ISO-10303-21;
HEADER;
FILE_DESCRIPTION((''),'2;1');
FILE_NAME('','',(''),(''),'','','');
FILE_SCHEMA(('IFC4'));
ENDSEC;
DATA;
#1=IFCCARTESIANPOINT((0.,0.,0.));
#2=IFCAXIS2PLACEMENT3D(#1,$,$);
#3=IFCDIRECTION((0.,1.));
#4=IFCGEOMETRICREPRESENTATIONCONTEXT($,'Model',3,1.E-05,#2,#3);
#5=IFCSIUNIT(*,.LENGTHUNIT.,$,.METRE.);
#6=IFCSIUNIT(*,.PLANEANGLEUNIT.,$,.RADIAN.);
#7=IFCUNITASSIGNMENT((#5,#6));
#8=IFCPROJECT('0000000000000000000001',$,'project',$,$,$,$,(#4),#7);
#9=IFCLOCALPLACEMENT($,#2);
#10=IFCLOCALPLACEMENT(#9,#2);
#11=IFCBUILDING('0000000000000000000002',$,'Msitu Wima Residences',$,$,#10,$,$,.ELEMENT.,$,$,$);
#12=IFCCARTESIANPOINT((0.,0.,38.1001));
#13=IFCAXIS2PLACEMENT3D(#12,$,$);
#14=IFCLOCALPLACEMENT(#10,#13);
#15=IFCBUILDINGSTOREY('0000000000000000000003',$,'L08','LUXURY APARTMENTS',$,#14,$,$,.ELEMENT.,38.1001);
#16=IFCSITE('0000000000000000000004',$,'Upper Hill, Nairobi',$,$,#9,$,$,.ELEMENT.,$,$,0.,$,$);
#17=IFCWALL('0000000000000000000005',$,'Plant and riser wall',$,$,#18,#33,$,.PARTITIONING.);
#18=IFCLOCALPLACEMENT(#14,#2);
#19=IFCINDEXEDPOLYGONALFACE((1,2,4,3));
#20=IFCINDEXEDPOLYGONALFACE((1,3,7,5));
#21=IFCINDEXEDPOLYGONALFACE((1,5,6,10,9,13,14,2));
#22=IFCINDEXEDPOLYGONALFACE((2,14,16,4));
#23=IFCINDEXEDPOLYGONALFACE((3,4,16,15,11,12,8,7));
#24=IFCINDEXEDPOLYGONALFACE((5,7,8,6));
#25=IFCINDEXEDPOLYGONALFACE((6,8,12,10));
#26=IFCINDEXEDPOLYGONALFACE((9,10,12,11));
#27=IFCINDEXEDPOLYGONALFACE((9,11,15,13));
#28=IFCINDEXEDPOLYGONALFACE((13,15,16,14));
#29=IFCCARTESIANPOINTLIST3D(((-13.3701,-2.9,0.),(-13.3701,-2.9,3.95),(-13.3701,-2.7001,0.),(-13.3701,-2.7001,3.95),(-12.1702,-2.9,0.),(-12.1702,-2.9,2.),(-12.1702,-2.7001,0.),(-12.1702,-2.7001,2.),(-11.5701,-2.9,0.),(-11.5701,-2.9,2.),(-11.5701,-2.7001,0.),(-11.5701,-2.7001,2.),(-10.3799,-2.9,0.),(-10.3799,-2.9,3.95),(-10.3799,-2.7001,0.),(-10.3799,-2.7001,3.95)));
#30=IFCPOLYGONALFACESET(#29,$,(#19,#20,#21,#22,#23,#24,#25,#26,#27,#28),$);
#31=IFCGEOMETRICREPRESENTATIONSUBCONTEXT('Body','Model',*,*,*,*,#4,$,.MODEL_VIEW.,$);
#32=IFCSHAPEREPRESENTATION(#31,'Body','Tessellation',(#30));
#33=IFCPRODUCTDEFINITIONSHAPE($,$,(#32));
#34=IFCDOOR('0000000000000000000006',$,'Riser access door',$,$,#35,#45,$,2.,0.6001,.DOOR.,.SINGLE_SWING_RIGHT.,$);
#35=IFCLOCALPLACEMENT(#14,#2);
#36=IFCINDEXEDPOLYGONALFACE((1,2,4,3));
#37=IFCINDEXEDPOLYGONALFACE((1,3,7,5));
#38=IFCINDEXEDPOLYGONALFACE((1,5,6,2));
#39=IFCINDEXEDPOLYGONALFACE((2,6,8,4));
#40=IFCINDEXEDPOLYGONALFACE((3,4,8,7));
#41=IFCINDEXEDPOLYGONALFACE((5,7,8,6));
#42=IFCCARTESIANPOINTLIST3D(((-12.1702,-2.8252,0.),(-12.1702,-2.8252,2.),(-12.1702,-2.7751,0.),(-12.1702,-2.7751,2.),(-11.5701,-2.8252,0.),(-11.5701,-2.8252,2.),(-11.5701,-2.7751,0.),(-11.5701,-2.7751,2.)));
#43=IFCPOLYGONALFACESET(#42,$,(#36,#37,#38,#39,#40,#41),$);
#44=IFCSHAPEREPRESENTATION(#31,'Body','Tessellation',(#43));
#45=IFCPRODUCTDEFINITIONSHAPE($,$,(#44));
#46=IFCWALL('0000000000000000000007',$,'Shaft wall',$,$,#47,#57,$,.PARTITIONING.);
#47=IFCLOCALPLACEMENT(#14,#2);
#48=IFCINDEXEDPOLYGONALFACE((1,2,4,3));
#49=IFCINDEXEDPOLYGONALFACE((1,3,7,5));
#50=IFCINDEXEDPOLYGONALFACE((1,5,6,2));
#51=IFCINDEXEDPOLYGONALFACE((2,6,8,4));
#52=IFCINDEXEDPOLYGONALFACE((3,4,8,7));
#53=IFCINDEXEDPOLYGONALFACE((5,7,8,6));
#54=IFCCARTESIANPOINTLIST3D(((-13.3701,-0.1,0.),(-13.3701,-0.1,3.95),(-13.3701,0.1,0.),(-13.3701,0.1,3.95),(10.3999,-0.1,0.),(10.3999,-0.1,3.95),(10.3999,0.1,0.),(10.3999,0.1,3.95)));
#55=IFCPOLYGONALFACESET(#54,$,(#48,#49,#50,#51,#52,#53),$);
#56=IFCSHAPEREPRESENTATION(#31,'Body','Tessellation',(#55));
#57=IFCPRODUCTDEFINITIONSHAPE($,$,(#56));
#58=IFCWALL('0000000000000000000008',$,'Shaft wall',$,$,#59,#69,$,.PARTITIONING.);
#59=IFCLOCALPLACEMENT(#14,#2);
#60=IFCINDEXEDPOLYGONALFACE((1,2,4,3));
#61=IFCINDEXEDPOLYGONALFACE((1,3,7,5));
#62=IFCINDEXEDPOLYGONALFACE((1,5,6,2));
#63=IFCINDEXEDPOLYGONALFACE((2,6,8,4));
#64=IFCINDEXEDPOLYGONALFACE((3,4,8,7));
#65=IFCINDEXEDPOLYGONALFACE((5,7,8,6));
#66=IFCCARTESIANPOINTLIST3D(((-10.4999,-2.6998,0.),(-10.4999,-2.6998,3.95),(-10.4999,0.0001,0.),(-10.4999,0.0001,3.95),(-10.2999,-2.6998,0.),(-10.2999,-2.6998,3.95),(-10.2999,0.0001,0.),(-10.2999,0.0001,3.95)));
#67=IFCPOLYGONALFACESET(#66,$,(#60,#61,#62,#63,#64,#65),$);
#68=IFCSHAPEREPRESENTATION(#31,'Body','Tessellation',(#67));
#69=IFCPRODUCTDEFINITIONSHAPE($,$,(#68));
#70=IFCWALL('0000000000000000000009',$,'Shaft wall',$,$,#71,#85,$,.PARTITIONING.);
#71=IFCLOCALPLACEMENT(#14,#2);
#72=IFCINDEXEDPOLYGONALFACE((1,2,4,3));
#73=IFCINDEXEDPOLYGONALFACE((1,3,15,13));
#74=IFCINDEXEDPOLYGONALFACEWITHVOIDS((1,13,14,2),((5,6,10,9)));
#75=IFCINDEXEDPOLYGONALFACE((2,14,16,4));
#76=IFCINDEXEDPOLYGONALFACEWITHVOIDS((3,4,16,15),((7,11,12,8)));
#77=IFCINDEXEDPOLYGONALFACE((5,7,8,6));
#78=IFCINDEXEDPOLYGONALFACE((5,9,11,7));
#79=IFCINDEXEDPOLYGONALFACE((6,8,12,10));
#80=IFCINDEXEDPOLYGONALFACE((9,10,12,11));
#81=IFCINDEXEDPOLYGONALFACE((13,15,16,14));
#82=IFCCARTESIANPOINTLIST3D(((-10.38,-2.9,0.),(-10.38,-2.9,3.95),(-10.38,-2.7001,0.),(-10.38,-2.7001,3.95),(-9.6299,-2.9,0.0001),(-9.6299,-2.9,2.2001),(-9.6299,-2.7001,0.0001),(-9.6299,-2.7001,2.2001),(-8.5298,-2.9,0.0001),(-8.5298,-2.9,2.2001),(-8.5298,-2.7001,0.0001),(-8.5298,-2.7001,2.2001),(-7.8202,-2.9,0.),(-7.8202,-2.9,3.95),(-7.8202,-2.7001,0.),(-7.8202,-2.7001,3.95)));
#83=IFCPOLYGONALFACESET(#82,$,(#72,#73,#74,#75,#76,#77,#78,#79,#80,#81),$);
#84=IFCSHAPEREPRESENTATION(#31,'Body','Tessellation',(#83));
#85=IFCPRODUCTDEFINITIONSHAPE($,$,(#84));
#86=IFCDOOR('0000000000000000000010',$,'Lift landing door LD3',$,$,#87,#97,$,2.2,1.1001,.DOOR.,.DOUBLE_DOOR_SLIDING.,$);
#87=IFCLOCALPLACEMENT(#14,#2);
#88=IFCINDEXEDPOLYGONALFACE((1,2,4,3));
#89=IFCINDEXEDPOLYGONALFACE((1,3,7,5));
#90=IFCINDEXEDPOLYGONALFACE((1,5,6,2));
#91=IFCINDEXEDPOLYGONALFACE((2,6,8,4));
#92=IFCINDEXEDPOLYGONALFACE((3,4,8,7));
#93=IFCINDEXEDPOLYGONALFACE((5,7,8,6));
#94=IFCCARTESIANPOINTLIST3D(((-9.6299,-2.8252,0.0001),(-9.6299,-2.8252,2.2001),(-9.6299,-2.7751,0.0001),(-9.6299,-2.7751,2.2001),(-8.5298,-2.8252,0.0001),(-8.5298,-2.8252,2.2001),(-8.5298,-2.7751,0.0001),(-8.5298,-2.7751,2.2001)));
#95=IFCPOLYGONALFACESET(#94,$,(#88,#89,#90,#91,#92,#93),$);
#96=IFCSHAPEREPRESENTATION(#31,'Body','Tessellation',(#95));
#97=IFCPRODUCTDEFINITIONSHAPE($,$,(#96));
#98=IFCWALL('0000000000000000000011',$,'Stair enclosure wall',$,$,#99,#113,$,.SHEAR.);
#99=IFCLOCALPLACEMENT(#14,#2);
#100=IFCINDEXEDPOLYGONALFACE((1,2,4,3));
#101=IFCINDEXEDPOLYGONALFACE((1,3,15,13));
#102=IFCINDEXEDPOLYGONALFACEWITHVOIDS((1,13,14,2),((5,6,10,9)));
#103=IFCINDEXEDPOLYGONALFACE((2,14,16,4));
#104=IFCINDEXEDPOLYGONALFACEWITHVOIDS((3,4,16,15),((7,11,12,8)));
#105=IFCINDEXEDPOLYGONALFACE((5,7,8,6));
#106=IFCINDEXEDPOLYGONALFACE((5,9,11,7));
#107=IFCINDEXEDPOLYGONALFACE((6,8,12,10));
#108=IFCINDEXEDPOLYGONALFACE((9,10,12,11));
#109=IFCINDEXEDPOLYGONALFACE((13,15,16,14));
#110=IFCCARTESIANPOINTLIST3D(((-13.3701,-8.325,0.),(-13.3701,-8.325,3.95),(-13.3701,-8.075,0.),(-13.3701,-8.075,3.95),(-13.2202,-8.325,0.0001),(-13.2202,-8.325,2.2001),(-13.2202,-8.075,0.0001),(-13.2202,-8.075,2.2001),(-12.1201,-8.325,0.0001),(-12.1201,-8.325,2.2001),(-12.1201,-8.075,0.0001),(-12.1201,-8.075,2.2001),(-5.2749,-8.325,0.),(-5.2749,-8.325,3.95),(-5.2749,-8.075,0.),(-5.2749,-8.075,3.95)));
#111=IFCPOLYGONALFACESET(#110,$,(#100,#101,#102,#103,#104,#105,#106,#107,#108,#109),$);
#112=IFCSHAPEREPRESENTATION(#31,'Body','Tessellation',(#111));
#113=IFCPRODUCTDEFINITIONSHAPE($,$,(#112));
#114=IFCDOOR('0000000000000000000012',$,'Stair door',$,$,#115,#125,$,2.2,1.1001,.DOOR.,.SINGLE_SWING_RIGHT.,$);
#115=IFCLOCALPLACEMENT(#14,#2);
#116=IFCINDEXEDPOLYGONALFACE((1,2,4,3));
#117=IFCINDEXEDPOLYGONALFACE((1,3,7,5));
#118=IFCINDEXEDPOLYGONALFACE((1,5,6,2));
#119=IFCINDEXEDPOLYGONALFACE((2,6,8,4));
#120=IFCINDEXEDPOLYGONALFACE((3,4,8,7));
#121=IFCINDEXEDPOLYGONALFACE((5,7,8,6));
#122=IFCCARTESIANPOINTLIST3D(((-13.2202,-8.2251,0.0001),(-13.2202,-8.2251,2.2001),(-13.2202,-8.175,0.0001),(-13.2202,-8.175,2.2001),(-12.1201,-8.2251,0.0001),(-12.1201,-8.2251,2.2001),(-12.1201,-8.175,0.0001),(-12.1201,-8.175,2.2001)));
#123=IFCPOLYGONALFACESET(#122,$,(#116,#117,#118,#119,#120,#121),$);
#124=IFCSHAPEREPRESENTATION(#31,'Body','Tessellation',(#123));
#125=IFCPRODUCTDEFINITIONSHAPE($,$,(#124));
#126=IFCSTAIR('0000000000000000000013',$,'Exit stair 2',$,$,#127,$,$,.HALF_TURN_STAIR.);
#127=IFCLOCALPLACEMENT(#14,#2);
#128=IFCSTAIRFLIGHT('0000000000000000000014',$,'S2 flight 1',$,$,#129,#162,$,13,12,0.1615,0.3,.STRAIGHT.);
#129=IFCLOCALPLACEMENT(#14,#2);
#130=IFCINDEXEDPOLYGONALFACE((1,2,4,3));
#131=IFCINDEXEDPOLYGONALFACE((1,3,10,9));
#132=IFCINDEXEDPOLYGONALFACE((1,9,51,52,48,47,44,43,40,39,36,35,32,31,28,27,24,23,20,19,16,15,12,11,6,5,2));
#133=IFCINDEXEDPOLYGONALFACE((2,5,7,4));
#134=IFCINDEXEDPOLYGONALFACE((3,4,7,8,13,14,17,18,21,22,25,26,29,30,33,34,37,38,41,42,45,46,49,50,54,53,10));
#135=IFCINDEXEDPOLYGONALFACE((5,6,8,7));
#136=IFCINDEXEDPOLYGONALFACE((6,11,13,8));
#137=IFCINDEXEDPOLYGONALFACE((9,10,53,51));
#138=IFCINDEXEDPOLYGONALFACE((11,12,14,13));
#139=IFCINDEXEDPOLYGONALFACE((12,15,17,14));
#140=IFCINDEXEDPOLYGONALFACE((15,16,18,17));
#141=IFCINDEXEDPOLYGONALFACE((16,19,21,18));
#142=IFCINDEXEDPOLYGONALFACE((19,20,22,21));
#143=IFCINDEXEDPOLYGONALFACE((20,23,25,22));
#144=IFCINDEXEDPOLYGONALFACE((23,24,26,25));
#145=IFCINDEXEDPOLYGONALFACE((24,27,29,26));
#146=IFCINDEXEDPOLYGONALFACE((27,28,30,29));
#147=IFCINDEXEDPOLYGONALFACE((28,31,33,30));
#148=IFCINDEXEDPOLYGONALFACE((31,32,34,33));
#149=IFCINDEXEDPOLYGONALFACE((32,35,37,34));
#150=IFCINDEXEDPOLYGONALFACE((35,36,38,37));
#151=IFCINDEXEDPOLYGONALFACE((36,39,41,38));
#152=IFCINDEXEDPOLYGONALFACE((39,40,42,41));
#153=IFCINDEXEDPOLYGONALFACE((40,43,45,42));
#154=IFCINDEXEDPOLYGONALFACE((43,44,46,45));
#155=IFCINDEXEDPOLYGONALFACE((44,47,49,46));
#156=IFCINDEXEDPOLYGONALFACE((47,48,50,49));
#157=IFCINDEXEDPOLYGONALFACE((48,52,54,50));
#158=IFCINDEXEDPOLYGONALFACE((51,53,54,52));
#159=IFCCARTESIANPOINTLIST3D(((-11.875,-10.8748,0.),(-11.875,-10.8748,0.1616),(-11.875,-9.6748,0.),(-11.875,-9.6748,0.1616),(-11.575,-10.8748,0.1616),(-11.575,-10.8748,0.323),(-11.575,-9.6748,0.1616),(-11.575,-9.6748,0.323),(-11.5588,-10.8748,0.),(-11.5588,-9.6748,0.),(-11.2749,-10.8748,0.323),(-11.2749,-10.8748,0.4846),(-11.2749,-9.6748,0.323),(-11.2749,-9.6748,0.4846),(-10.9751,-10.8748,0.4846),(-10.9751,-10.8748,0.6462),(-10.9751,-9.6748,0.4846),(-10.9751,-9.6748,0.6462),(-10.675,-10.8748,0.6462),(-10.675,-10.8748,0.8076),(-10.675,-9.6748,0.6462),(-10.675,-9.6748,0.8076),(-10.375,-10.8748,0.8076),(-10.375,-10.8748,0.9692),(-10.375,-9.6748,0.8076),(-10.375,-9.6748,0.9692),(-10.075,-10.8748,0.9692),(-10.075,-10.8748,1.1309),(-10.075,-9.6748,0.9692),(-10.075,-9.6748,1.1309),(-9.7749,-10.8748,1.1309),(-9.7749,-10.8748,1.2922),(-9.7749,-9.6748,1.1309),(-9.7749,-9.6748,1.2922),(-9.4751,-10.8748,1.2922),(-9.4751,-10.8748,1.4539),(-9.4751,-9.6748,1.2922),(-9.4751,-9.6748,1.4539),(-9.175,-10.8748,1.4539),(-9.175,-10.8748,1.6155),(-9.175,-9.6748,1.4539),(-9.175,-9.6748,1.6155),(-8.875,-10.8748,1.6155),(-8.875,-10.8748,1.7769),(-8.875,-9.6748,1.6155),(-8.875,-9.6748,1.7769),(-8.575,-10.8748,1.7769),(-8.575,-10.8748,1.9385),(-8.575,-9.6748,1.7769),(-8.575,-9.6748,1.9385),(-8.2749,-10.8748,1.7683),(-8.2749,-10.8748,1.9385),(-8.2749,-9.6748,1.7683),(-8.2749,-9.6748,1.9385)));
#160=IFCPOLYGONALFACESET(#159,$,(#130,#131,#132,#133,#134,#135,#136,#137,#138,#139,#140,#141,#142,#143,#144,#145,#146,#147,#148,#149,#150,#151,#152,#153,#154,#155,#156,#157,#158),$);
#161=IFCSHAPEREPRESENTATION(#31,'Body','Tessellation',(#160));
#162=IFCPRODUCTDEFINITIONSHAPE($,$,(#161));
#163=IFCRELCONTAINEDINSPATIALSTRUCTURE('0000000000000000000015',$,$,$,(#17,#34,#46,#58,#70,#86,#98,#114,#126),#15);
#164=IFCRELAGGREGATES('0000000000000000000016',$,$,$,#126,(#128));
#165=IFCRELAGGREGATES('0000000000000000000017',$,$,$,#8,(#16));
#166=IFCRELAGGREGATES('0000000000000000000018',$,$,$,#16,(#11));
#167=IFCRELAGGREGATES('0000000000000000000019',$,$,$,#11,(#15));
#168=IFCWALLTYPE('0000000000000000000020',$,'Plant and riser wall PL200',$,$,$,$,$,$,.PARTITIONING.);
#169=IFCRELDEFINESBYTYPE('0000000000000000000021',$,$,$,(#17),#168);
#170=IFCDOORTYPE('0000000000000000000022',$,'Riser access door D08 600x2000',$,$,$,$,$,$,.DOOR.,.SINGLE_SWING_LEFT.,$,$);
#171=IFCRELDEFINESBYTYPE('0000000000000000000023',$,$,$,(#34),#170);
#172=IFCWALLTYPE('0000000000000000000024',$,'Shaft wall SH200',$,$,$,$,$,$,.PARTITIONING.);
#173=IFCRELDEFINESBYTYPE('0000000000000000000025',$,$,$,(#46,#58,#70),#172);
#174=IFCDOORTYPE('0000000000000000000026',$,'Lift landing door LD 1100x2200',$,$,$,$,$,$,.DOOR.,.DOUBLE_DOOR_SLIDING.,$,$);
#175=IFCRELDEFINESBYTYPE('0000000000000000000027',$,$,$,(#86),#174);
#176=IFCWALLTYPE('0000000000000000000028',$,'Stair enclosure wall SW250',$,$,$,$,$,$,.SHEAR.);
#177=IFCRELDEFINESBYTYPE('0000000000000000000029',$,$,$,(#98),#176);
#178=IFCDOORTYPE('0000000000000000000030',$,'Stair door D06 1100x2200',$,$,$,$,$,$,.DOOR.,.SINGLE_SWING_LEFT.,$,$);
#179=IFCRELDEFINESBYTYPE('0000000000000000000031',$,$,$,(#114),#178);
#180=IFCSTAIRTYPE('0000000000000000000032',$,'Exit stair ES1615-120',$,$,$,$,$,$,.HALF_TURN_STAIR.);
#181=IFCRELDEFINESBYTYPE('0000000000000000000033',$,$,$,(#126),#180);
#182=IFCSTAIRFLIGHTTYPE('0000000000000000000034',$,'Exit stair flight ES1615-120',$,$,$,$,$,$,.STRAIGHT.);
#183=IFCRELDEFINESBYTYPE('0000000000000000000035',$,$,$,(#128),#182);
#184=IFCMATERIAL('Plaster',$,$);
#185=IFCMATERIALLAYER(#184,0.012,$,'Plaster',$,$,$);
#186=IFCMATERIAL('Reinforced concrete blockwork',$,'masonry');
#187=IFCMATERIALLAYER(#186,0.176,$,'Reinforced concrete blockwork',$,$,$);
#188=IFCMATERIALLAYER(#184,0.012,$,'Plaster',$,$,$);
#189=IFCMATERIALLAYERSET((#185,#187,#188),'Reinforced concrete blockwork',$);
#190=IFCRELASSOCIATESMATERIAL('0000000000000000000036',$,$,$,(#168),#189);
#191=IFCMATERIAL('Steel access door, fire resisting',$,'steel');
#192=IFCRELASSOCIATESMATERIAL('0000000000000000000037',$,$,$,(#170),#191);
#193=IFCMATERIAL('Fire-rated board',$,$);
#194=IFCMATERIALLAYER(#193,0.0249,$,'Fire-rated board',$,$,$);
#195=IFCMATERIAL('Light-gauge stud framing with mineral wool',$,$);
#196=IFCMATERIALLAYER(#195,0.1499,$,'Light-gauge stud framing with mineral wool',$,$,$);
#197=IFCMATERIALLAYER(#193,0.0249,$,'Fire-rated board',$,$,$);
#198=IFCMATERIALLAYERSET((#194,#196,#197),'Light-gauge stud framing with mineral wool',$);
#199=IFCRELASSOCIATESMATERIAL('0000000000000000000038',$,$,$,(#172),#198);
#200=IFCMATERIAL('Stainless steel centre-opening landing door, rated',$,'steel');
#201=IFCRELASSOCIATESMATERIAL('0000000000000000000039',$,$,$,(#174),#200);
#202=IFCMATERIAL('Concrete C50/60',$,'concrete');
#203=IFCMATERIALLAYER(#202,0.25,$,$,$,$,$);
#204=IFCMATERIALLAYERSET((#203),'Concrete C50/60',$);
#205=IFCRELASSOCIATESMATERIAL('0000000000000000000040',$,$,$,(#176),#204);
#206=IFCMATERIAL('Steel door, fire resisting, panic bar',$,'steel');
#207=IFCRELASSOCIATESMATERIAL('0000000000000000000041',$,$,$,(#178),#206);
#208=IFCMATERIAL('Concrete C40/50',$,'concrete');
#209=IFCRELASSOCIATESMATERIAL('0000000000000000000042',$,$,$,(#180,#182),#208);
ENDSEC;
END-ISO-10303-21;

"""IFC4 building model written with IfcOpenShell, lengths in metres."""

from ifc_helpers import new_model, si_unit, direction, frame, frame_2d, origin, place, context, subcontext, project, spatial, polyline, rectangle, outline, extrude, material, layer, layer_set, type_object, element, fill, aggregate, save


model = new_model("IFC4")

# Units and contexts
model_context = context("Model", 3, precision=1e-05, world=origin(), true_north=direction((0.0, 1.0)))
body_context = subcontext(model_context, "Body", "Model", "MODEL_VIEW")
ifc_project = project(units=[si_unit("LENGTHUNIT", "METRE"), si_unit("PLANEANGLEUNIT", "RADIAN")], contexts=[model_context])

# Site, building, storey
site_placement = place(None, origin())
site = spatial("IfcSite", under=ifc_project, at=site_placement, Name="Upper Hill, Nairobi", CompositionType="ELEMENT", RefElevation=0.0)
building_placement = place(site_placement, origin())
building = spatial("IfcBuilding", under=site, at=building_placement, Name="Msitu Wima Residences", CompositionType="ELEMENT")
storey_placement = place(building_placement, frame((0.0, 0.0, 38.1001)))
storey = spatial("IfcBuildingStorey", under=building, at=storey_placement, Name="L08", Description="LUXURY APARTMENTS", CompositionType="ELEMENT", Elevation=38.1001)

# Wall, opening, door
ifc_material_1 = material(Name="Plaster")
ifc_layer_1 = layer(ifc_material_1, 0.012, Name="Plaster")
ifc_material_2 = material(Name="Reinforced concrete blockwork", Category="masonry")
ifc_layer_2 = layer(ifc_material_2, 0.176, Name="Reinforced concrete blockwork")
ifc_layer_3 = layer(ifc_material_1, 0.012, Name="Plaster")
ifc_layer_set_1 = layer_set([ifc_layer_1, ifc_layer_2, ifc_layer_3], Name="Reinforced concrete blockwork")
wall_type_1 = type_object("IfcWallType", Name="Plant and riser wall PL200", PredefinedType="PARTITIONING", material=ifc_layer_set_1)
wall_1_placement = place(storey_placement, frame((-13.3701, -2.8, 0.0), z_axis=(0.0, 0.0, 1.0), x_axis=(1.0, 0.0, 0.0)))
wall_1 = element("IfcWall", 1, at=wall_1_placement, inside=storey, type_object=wall_type_1, Name="Plant and riser wall", PredefinedType="PARTITIONING", context=body_context, shape_type="SweptSolid", body=[
    extrude(rectangle(XDim=2.9902, YDim=0.2, at=frame_2d((1.4951, 0.0))), origin(), (0.0, 0.0, 1.0), 3.95),
])
opening_1_placement = place(wall_1_placement, frame((1.2, 0.0, 0.0)))
opening_1 = element("IfcOpeningElement", 2, at=opening_1_placement, cuts=wall_1, PredefinedType="OPENING", context=body_context, shape_type="SweptSolid", body=[
    extrude(rectangle(XDim=0.6001, YDim=2.0, at=frame_2d((0.3, 1.0))), frame((0.0, 0.1099, 0.0), z_axis=(0.0, -1.0, 0.0), x_axis=(1.0, 0.0, 0.0)), (0.0, 0.0, 1.0), 0.22),
])
ifc_material_3 = material(Name="Steel access door, fire resisting", Category="steel")
door_type_1 = type_object("IfcDoorType", Name="Riser access door D08 600x2000", OperationType="SINGLE_SWING_LEFT", PredefinedType="DOOR", material=ifc_material_3)
door_1_placement = place(opening_1_placement, origin())
door_1 = element("IfcDoor", 3, at=door_1_placement, inside=storey, type_object=door_type_1, Name="Riser access door", OperationType="SINGLE_SWING_RIGHT", OverallHeight=2.0, OverallWidth=0.6001, PredefinedType="DOOR", context=body_context, shape_type="SweptSolid", body=[
    extrude(rectangle(XDim=0.6001, YDim=2.0, at=frame_2d((0.3, 1.0))), frame((0.0, 0.0249, 0.0), z_axis=(0.0, -1.0, 0.0), x_axis=(1.0, 0.0, 0.0)), (0.0, 0.0, 1.0), 0.05),
])
fill(opening_1, door_1)

# Walls
ifc_material_4 = material(Name="Fire-rated board")
ifc_layer_4 = layer(ifc_material_4, 0.0249, Name="Fire-rated board")
ifc_material_5 = material(Name="Light-gauge stud framing with mineral wool")
ifc_layer_5 = layer(ifc_material_5, 0.1499, Name="Light-gauge stud framing with mineral wool")
ifc_layer_6 = layer(ifc_material_4, 0.0249, Name="Fire-rated board")
ifc_layer_set_2 = layer_set([ifc_layer_4, ifc_layer_5, ifc_layer_6], Name="Light-gauge stud framing with mineral wool")
wall_type_2 = type_object("IfcWallType", Name="Shaft wall SH200", PredefinedType="PARTITIONING", material=ifc_layer_set_2)
wall_2_placement = place(storey_placement, frame((-13.3701, 0.0, 0.0), z_axis=(0.0, 0.0, 1.0), x_axis=(1.0, 0.0, 0.0)))
element("IfcWall", 4, at=wall_2_placement, inside=storey, type_object=wall_type_2, Name="Shaft wall", PredefinedType="PARTITIONING", context=body_context, shape_type="SweptSolid", body=[
    extrude(rectangle(XDim=23.77, YDim=0.2, at=frame_2d((11.885, 0.0))), origin(), (0.0, 0.0, 1.0), 3.95),
])
wall_3_placement = place(storey_placement, frame((-10.3999, -2.7, 0.0), z_axis=(0.0, 0.0, 1.0), x_axis=(0.0, 1.0, 0.0)))
element("IfcWall", 5, at=wall_3_placement, inside=storey, type_object=wall_type_2, Name="Shaft wall", PredefinedType="PARTITIONING", context=body_context, shape_type="SweptSolid", body=[
    extrude(rectangle(XDim=2.7, YDim=0.2, at=frame_2d((1.3501, 0.0))), origin(), (0.0, 0.0, 1.0), 3.95),
])

# Walls, openings, doors
wall_4_placement = place(storey_placement, frame((-10.3799, -2.8, 0.0), z_axis=(0.0, 0.0, 1.0), x_axis=(1.0, 0.0, 0.0)))
wall_4 = element("IfcWall", 6, at=wall_4_placement, inside=storey, type_object=wall_type_2, Name="Shaft wall", PredefinedType="PARTITIONING", context=body_context, shape_type="SweptSolid", body=[
    extrude(rectangle(XDim=2.5598, YDim=0.2, at=frame_2d((1.2798, 0.0))), origin(), (0.0, 0.0, 1.0), 3.95),
])
opening_2_placement = place(wall_4_placement, frame((0.75, 0.0, 0.0)))
opening_2 = element("IfcOpeningElement", 7, at=opening_2_placement, cuts=wall_4, PredefinedType="OPENING", context=body_context, shape_type="SweptSolid", body=[
    extrude(rectangle(XDim=1.1001, YDim=2.2, at=frame_2d((0.55, 1.1001))), frame((0.0, 0.1099, 0.0), z_axis=(0.0, -1.0, 0.0), x_axis=(1.0, 0.0, 0.0)), (0.0, 0.0, 1.0), 0.22),
])
ifc_material_6 = material(Name="Stainless steel centre-opening landing door, rated", Category="steel")
door_type_2 = type_object("IfcDoorType", Name="Lift landing door LD 1100x2200", OperationType="DOUBLE_DOOR_SLIDING", PredefinedType="DOOR", material=ifc_material_6)
door_2_placement = place(opening_2_placement, origin())
door_2 = element("IfcDoor", 8, at=door_2_placement, inside=storey, type_object=door_type_2, Name="Lift landing door LD3", OperationType="DOUBLE_DOOR_SLIDING", OverallHeight=2.2, OverallWidth=1.1001, PredefinedType="DOOR", context=body_context, shape_type="SweptSolid", body=[
    extrude(rectangle(XDim=1.1001, YDim=2.2, at=frame_2d((0.55, 1.1001))), frame((0.0, 0.0249, 0.0), z_axis=(0.0, -1.0, 0.0), x_axis=(1.0, 0.0, 0.0)), (0.0, 0.0, 1.0), 0.05),
])
fill(opening_2, door_2)
ifc_material_7 = material(Name="Concrete C50/60", Category="concrete")
ifc_layer_7 = layer(ifc_material_7, 0.25)
ifc_layer_set_3 = layer_set([ifc_layer_7], Name="Concrete C50/60")
wall_type_3 = type_object("IfcWallType", Name="Stair enclosure wall SW250", PredefinedType="SHEAR", material=ifc_layer_set_3)
wall_5_placement = place(storey_placement, frame((-13.3701, -8.2, 0.0), z_axis=(0.0, 0.0, 1.0), x_axis=(1.0, 0.0, 0.0)))
wall_5 = element("IfcWall", 9, at=wall_5_placement, inside=storey, type_object=wall_type_3, Name="Stair enclosure wall", PredefinedType="SHEAR", context=body_context, shape_type="SweptSolid", body=[
    extrude(rectangle(XDim=8.0952, YDim=0.25, at=frame_2d((4.0476, 0.0))), origin(), (0.0, 0.0, 1.0), 3.95),
])
opening_3_placement = place(wall_5_placement, frame((0.1499, 0.0, 0.0)))
opening_3 = element("IfcOpeningElement", 10, at=opening_3_placement, cuts=wall_5, PredefinedType="OPENING", context=body_context, shape_type="SweptSolid", body=[
    extrude(rectangle(XDim=1.1001, YDim=2.2, at=frame_2d((0.55, 1.1001))), frame((0.0, 0.135, 0.0), z_axis=(0.0, -1.0, 0.0), x_axis=(1.0, 0.0, 0.0)), (0.0, 0.0, 1.0), 0.27),
])
ifc_material_8 = material(Name="Steel door, fire resisting, panic bar", Category="steel")
door_type_3 = type_object("IfcDoorType", Name="Stair door D06 1100x2200", OperationType="SINGLE_SWING_LEFT", PredefinedType="DOOR", material=ifc_material_8)
door_3_placement = place(opening_3_placement, origin())
door_3 = element("IfcDoor", 11, at=door_3_placement, inside=storey, type_object=door_type_3, Name="Stair door", OperationType="SINGLE_SWING_RIGHT", OverallHeight=2.2, OverallWidth=1.1001, PredefinedType="DOOR", context=body_context, shape_type="SweptSolid", body=[
    extrude(rectangle(XDim=1.1001, YDim=2.2, at=frame_2d((0.55, 1.1001))), frame((0.0, 0.0249, 0.0), z_axis=(0.0, -1.0, 0.0), x_axis=(1.0, 0.0, 0.0)), (0.0, 0.0, 1.0), 0.05),
])
fill(opening_3, door_3)

# Stair, stair flight
ifc_material_9 = material(Name="Concrete C40/50", Category="concrete")
stair_type = type_object("IfcStairType", Name="Exit stair ES1615-120", PredefinedType="HALF_TURN_STAIR", material=ifc_material_9)
stair_placement = place(storey_placement, origin())
stair = element("IfcStair", 12, at=stair_placement, inside=storey, type_object=stair_type, Name="Exit stair 2", PredefinedType="HALF_TURN_STAIR")
stair_flight_type = type_object("IfcStairFlightType", Name="Exit stair flight ES1615-120", PredefinedType="STRAIGHT", material=ifc_material_9)
stair_flight_1_placement = place(storey_placement, frame((-11.875, -10.2749, 0.0), z_axis=(0.0, 0.0, 1.0), x_axis=(1.0, 0.0, 0.0)))
stair_flight_1 = element("IfcStairFlight", 13, at=stair_flight_1_placement, type_object=stair_flight_type, Name="S2 flight 1", NumberOfRisers=13, NumberOfTreads=12, PredefinedType="STRAIGHT", RiserHeight=0.1615, TreadLength=0.3, context=body_context, shape_type="SweptSolid", body=[
    extrude(outline(polyline([(0.0, 0.0), (0.0, 0.1616), (0.3, 0.1616), (0.3, 0.323), (0.6001, 0.323), (0.6001, 0.4846), (0.8999, 0.4846), (0.8999, 0.6462), (1.2, 0.6462), (1.2, 0.8076), (1.5, 0.8076), (1.5, 0.9692), (1.8, 0.9692), (1.8, 1.1309), (2.1001, 1.1309), (2.1001, 1.2922), (2.3999, 1.2922), (2.3999, 1.4539), (2.7, 1.4539), (2.7, 1.6155), (3.0, 1.6155), (3.0, 1.7769), (3.3, 1.7769), (3.3, 1.9385), (3.6001, 1.9385), (3.6001, 2.1001), (3.6001, 1.7683), (0.3162, 0.0), (0.0, 0.0)])), frame((0.0, 0.6001, 0.0), z_axis=(0.0, -1.0, 0.0), x_axis=(1.0, 0.0, 0.0)), (0.0, 0.0, 1.0), 1.2),
])
aggregate(stair, [stair_flight_1])

save(model, "model.ifc")
